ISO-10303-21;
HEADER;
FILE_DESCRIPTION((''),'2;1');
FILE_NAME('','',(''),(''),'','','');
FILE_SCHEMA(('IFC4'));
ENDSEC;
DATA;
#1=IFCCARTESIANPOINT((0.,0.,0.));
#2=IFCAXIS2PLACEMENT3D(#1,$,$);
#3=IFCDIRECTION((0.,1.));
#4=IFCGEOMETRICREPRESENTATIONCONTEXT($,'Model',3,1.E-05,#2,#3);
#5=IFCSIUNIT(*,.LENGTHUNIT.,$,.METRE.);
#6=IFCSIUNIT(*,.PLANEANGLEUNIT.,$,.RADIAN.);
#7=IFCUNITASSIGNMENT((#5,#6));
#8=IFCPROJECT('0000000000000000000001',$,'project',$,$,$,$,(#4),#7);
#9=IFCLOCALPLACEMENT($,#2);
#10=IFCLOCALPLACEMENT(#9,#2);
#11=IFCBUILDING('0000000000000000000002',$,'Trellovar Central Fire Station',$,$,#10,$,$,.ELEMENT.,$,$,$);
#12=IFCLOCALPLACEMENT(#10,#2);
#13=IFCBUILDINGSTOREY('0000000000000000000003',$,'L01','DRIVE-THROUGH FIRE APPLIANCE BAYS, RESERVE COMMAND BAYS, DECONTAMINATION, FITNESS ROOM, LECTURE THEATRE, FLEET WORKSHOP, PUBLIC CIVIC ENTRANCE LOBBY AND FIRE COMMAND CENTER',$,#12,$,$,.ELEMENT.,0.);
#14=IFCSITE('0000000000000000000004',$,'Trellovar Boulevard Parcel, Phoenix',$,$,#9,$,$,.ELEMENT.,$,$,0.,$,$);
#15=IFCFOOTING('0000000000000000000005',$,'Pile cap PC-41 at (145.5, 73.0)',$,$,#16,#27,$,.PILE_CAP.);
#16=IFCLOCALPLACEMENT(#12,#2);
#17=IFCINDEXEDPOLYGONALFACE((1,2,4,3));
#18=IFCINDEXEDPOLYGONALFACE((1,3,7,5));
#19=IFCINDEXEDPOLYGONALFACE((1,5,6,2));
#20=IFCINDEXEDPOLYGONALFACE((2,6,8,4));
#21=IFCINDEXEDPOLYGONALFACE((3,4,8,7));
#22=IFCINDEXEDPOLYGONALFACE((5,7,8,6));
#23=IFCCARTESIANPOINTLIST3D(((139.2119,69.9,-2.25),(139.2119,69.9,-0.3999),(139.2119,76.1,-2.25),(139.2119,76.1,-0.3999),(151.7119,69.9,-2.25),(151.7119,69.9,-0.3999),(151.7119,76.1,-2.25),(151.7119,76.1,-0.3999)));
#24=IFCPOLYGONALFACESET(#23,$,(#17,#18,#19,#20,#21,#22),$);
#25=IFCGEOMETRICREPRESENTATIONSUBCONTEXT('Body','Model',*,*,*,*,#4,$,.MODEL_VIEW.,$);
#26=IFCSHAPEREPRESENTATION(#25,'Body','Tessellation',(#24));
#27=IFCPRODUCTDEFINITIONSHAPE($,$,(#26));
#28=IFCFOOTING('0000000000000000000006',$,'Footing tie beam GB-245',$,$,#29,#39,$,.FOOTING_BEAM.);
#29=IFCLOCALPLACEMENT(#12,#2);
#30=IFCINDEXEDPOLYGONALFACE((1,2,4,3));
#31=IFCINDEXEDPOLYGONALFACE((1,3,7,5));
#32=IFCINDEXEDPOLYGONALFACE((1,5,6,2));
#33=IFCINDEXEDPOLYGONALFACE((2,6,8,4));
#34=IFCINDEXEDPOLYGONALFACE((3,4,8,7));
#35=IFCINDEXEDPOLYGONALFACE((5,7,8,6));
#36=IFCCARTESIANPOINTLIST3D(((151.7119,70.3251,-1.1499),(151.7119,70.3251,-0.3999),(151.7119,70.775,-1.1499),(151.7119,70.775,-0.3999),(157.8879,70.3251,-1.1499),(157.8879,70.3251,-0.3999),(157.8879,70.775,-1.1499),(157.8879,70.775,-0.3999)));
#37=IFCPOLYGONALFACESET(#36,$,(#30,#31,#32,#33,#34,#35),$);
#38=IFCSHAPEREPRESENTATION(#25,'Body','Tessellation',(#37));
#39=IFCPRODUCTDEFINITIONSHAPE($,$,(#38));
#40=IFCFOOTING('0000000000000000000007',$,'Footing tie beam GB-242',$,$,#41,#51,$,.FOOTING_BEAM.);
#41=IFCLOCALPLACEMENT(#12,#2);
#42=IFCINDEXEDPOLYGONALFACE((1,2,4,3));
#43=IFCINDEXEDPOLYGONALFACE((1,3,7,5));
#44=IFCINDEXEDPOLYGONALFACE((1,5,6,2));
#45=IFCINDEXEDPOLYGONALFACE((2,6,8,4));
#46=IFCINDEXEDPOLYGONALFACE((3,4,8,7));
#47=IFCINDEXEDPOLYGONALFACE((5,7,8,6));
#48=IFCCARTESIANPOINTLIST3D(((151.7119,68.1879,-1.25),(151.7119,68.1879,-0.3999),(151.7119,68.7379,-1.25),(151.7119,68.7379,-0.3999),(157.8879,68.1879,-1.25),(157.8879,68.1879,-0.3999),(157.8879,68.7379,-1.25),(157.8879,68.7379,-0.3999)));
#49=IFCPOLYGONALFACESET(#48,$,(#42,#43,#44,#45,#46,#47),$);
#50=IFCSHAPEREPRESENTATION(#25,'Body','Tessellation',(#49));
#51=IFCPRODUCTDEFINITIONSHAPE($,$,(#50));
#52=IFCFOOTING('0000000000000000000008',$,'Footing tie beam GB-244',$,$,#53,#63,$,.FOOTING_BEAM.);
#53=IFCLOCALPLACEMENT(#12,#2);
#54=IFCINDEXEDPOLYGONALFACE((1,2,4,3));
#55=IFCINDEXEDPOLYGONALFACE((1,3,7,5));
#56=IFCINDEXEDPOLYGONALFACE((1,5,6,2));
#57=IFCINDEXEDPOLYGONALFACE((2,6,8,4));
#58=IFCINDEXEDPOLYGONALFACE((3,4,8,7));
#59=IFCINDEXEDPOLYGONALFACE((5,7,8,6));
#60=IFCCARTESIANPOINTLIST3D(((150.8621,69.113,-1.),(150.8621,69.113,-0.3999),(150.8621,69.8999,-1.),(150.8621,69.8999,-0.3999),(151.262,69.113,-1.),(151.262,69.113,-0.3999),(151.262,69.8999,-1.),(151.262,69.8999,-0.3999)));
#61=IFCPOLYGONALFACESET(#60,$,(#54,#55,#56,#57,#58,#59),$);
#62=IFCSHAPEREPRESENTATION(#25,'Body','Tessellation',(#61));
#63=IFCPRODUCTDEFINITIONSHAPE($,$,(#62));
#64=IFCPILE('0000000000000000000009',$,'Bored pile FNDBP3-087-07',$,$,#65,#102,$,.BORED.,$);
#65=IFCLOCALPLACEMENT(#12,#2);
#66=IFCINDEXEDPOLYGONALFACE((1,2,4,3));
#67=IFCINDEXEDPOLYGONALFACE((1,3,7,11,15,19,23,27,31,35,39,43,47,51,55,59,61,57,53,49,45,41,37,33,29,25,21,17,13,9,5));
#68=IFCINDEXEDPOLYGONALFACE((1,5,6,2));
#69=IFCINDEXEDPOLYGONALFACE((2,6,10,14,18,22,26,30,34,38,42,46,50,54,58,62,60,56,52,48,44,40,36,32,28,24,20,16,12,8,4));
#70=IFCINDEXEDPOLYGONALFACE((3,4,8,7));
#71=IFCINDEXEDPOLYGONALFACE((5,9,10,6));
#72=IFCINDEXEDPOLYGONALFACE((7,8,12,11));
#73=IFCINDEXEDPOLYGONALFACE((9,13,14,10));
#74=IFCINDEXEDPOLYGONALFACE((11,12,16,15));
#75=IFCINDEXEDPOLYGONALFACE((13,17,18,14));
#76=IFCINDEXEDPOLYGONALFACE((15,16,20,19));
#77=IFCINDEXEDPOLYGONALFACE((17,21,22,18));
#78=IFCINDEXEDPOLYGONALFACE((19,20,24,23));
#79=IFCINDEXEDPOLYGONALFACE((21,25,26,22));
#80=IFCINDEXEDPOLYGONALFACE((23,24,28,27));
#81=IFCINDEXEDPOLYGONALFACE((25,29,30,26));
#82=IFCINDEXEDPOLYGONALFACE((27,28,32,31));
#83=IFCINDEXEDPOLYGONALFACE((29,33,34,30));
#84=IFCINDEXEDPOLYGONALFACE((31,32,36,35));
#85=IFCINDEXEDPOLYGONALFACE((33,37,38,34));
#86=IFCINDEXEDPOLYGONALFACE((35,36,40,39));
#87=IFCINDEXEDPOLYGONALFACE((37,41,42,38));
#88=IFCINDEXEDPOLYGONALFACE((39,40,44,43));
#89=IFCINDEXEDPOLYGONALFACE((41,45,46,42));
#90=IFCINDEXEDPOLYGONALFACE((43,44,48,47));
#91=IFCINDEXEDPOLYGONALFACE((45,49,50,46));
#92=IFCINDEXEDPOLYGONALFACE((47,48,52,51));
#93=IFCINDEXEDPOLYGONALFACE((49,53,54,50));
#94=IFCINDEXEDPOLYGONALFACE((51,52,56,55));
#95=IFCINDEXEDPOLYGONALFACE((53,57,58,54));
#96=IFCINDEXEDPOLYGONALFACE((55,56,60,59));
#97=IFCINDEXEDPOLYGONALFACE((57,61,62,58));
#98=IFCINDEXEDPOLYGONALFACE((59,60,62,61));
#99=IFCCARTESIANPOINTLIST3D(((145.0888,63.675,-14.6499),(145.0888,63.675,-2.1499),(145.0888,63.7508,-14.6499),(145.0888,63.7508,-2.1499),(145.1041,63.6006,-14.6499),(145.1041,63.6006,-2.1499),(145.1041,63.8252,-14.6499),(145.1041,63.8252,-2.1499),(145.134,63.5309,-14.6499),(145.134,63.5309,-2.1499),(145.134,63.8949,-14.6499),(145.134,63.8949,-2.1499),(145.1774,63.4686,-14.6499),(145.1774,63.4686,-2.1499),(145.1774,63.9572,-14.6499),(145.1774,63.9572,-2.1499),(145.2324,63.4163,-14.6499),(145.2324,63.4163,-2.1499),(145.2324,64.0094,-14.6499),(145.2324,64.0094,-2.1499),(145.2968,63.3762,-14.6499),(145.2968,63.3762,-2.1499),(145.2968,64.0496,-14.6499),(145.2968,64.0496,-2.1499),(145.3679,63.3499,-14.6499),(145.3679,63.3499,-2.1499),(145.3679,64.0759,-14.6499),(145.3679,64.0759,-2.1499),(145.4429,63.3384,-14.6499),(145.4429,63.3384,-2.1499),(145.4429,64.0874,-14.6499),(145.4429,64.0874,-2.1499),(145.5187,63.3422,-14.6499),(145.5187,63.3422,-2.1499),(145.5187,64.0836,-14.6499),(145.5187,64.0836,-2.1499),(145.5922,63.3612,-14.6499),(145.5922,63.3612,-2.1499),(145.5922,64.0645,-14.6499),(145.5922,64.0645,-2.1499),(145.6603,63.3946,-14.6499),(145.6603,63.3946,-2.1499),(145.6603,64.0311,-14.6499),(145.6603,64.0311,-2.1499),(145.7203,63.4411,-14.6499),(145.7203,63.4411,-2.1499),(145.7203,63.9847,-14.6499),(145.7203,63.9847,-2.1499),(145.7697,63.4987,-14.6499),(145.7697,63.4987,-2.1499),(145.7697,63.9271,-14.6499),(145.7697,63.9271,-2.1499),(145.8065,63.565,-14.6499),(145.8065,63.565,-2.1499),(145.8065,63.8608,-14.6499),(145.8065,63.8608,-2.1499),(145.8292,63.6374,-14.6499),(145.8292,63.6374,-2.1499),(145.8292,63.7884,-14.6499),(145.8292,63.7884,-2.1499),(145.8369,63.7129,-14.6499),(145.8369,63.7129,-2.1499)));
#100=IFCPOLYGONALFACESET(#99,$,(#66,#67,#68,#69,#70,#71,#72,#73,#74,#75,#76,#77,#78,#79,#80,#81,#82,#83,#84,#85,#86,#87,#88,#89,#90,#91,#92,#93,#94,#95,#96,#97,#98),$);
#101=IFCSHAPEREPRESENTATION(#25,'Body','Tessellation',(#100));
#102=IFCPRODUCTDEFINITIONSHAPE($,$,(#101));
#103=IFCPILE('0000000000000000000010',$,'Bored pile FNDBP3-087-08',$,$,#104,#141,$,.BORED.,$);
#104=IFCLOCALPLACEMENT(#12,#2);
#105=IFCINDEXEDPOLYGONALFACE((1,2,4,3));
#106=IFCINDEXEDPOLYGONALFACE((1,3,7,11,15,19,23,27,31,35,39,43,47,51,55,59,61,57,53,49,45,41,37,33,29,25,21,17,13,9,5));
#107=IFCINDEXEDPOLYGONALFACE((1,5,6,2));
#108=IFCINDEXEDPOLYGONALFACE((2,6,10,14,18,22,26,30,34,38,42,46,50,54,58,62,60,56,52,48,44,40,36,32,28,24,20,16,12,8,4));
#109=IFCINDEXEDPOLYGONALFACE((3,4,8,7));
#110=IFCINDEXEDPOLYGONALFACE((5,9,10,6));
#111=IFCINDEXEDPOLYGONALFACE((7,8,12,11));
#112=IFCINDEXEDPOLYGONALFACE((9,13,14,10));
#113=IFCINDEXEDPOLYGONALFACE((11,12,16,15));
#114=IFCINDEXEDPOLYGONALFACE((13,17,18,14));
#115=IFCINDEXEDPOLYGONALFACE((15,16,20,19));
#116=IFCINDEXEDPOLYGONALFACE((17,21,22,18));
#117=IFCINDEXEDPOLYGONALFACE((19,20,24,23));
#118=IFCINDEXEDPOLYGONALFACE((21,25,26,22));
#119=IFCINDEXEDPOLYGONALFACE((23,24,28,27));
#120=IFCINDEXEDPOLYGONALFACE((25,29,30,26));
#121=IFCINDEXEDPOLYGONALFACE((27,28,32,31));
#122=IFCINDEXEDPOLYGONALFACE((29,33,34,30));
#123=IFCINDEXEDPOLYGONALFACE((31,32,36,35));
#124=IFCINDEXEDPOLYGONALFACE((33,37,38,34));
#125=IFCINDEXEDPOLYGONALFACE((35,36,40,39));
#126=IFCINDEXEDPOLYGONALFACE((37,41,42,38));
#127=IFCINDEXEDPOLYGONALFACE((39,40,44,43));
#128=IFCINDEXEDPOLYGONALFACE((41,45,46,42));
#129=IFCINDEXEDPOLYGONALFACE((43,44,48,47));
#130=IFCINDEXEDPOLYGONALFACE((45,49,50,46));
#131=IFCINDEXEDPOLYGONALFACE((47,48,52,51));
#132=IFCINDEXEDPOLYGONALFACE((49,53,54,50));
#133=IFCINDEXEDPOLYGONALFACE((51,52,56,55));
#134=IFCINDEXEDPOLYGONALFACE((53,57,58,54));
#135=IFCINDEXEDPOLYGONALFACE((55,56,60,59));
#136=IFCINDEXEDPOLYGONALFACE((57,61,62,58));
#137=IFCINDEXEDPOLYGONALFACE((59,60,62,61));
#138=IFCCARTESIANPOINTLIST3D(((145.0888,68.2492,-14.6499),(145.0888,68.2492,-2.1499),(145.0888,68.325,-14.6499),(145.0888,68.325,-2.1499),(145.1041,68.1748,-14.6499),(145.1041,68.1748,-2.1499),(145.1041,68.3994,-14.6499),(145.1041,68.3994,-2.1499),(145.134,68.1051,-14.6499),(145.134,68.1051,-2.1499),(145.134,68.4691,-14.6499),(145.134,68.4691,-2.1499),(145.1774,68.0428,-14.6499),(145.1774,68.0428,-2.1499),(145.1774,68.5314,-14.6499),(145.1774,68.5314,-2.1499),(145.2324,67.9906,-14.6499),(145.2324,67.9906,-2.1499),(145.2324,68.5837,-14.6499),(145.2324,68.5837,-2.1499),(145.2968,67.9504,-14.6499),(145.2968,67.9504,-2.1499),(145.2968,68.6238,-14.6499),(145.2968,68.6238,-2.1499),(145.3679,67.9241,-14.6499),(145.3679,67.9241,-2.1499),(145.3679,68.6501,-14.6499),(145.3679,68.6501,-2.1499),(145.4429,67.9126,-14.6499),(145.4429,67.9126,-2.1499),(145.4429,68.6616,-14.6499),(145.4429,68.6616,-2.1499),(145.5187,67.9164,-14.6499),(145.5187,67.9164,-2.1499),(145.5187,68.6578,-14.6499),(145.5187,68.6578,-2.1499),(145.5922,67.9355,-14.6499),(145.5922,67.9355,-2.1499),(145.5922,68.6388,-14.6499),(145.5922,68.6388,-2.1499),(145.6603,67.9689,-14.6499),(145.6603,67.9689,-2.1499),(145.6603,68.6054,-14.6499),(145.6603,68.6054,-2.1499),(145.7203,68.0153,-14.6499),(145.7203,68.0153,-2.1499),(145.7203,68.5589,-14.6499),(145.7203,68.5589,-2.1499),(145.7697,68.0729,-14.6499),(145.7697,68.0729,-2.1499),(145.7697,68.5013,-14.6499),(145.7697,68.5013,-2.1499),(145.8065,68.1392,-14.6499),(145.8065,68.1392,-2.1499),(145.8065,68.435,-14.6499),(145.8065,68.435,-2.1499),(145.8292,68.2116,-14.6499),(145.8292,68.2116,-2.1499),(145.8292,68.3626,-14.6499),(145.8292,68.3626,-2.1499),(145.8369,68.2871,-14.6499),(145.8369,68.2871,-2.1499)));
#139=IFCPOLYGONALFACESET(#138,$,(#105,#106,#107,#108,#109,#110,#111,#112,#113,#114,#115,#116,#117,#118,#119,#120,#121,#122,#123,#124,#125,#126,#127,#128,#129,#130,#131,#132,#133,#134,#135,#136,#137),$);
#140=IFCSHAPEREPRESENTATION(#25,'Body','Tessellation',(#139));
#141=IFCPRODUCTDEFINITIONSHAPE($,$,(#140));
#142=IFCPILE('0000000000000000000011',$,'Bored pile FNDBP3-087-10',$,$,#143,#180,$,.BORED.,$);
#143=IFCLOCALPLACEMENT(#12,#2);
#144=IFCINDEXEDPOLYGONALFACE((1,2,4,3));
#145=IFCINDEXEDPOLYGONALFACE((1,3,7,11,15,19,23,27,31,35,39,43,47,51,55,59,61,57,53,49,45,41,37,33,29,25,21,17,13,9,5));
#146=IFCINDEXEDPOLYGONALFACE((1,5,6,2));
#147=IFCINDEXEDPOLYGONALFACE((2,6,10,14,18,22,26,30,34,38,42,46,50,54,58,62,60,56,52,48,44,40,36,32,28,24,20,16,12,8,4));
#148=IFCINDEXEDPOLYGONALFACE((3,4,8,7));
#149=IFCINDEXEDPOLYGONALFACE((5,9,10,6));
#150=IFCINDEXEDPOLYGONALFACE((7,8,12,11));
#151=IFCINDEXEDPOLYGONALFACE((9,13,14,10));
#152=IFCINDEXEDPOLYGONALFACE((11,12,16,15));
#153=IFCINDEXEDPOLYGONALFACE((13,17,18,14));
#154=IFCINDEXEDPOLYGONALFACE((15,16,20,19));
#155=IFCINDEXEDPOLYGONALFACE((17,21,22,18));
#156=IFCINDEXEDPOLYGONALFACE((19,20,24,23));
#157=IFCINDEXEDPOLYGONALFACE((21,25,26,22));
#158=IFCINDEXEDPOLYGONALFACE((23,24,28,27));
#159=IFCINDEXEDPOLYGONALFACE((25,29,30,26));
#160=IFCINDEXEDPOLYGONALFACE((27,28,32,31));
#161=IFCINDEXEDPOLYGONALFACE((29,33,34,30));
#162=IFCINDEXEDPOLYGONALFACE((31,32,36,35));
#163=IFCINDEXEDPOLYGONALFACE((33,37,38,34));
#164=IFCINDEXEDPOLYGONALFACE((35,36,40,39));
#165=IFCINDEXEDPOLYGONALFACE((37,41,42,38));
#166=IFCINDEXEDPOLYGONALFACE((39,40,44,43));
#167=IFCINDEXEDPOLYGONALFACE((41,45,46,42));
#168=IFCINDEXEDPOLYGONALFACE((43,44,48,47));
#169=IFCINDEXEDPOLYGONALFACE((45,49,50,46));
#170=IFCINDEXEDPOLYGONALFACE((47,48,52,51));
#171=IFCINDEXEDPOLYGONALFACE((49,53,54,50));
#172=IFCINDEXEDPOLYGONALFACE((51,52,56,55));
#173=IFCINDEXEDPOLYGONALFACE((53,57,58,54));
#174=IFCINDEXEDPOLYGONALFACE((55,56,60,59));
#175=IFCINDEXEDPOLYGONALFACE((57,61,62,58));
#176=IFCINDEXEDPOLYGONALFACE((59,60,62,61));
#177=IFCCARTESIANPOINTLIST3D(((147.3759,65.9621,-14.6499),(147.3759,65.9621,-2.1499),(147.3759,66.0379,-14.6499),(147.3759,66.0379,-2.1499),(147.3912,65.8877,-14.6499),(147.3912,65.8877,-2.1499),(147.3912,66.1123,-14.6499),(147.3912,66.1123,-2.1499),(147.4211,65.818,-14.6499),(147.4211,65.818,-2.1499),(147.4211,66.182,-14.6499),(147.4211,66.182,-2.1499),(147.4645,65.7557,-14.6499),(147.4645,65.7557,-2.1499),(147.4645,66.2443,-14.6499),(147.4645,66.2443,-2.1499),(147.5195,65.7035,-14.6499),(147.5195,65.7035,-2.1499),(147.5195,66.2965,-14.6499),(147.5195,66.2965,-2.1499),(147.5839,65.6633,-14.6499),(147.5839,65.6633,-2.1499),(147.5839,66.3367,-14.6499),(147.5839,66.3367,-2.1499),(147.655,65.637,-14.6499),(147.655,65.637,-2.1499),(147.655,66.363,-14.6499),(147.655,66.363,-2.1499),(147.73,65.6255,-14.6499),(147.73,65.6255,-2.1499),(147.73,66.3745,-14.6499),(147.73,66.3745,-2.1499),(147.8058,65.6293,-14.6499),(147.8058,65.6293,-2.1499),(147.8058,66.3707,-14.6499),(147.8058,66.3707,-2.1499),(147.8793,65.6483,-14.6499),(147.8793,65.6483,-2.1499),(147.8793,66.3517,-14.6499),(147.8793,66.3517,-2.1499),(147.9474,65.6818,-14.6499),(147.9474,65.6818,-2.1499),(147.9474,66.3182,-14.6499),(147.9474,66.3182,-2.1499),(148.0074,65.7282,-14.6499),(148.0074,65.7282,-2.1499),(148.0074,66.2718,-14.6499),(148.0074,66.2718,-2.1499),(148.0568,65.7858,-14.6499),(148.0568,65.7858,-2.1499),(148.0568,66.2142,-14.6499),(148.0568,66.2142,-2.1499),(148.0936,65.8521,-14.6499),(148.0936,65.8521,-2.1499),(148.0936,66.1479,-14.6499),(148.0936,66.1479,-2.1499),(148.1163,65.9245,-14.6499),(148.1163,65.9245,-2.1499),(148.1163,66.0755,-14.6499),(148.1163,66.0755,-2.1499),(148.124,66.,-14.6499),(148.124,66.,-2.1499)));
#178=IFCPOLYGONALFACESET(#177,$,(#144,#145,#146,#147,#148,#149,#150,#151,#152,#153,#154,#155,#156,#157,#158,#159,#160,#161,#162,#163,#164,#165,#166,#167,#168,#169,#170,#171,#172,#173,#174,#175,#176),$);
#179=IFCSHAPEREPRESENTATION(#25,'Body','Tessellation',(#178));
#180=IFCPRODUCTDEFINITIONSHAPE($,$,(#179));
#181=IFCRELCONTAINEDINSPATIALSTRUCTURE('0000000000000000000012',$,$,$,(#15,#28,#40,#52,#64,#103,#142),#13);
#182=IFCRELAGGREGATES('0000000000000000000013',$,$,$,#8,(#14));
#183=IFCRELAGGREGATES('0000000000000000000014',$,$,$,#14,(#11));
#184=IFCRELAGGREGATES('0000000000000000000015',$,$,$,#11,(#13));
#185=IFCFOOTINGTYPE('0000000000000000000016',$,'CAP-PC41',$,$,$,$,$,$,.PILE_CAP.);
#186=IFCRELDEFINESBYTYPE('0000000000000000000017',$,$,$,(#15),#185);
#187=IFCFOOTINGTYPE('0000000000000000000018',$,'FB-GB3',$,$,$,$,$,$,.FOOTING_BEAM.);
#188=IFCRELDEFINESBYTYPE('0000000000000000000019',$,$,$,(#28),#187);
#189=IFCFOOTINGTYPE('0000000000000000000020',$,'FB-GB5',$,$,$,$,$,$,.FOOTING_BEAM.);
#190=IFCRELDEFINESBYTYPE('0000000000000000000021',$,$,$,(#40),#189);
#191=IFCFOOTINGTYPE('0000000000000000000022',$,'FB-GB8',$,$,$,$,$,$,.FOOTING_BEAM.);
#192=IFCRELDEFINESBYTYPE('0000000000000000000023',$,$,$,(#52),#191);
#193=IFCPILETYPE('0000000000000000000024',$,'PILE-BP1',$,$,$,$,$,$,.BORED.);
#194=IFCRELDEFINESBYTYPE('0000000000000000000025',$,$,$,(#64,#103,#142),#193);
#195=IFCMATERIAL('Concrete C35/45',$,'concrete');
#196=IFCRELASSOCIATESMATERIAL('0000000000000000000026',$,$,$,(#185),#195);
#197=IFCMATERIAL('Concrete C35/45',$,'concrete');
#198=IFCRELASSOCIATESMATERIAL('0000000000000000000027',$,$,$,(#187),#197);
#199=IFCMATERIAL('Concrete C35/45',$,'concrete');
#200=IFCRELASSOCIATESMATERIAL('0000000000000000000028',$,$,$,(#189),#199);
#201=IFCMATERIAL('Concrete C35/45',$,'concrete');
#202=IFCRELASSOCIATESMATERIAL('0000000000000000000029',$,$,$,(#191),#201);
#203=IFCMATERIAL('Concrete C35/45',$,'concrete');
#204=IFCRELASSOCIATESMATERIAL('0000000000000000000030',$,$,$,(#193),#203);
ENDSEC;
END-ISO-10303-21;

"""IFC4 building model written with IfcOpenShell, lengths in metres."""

from ifc_helpers import new_model, si_unit, direction, frame, origin, origin_2d, place, context, subcontext, project, spatial, rectangle, circle, extrude, material, material_profile, profile_set, type_object, element, save


model = new_model("IFC4")

# Units and contexts
model_context = context("Model", 3, precision=1e-05, world=origin(), true_north=direction((0.0, 1.0)))
body_context = subcontext(model_context, "Body", "Model", "MODEL_VIEW")
ifc_project = project(units=[si_unit("LENGTHUNIT", "METRE"), si_unit("PLANEANGLEUNIT", "RADIAN")], contexts=[model_context])

# Site, building, storey
site_placement = place(None, origin())
site = spatial("IfcSite", under=ifc_project, at=site_placement, Name="Trellovar Boulevard Parcel, Phoenix", CompositionType="ELEMENT", RefElevation=0.0)
building_placement = place(site_placement, origin())
building = spatial("IfcBuilding", under=site, at=building_placement, Name="Trellovar Central Fire Station", CompositionType="ELEMENT")
storey_placement = place(building_placement, origin())
storey = spatial("IfcBuildingStorey", under=building, at=storey_placement, Name="L01", Description="DRIVE-THROUGH FIRE APPLIANCE BAYS, RESERVE COMMAND BAYS, DECONTAMINATION, FITNESS ROOM, LECTURE THEATRE, FLEET WORKSHOP, PUBLIC CIVIC ENTRANCE LOBBY AND FIRE COMMAND CENTER", CompositionType="ELEMENT", Elevation=0.0)

# Footings
ifc_material_1 = material(Name="Concrete C35/45", Category="concrete")
footing_type_1 = type_object("IfcFootingType", Name="CAP-PC41", PredefinedType="PILE_CAP", material=ifc_material_1)
footing_1_placement = place(storey_placement, frame((145.4619, 73.0, -2.25), z_axis=(0.0, 0.0, 1.0), x_axis=(1.0, 0.0, 0.0)))
element("IfcFooting", 1, at=footing_1_placement, inside=storey, type_object=footing_type_1, Name="Pile cap PC-41 at (145.5, 73.0)", PredefinedType="PILE_CAP", context=body_context, shape_type="SweptSolid", body=[
    extrude(rectangle(XDim=12.5, YDim=6.2, at=origin_2d()), origin(), (0.0, 0.0, 1.0), 1.8501),
])
ifc_material_2 = material(Name="Concrete C35/45", Category="concrete")
ifc_material_profile_1 = material_profile(ifc_material_2, rectangle(XDim=0.45, YDim=0.75, at=origin_2d()), Name="RC450X750")
ifc_profile_set_1 = profile_set([ifc_material_profile_1], Name="Concrete C35/45")
footing_type_2 = type_object("IfcFootingType", Name="FB-GB3", PredefinedType="FOOTING_BEAM", material=ifc_profile_set_1)
footing_2_placement = place(storey_placement, frame((151.7119, 70.55, -0.7749), z_axis=(1.0, 0.0, 0.0), x_axis=(0.0, 1.0, 0.0)))
element("IfcFooting", 2, at=footing_2_placement, inside=storey, type_object=footing_type_2, Name="Footing tie beam GB-245", PredefinedType="FOOTING_BEAM", context=body_context, shape_type="SweptSolid", body=[
    extrude(rectangle(XDim=0.45, YDim=0.75, at=origin_2d()), origin(), (0.0, 0.0, 1.0), 6.176),
])
ifc_material_3 = material(Name="Concrete C35/45", Category="concrete")
ifc_material_profile_2 = material_profile(ifc_material_3, rectangle(XDim=0.55, YDim=0.8501, at=origin_2d()), Name="RC550X850")
ifc_profile_set_2 = profile_set([ifc_material_profile_2], Name="Concrete C35/45")
footing_type_3 = type_object("IfcFootingType", Name="FB-GB5", PredefinedType="FOOTING_BEAM", material=ifc_profile_set_2)
footing_3_placement = place(storey_placement, frame((151.7119, 68.4629, -0.825), z_axis=(1.0, 0.0, 0.0), x_axis=(0.0, 1.0, 0.0)))
element("IfcFooting", 3, at=footing_3_placement, inside=storey, type_object=footing_type_3, Name="Footing tie beam GB-242", PredefinedType="FOOTING_BEAM", context=body_context, shape_type="SweptSolid", body=[
    extrude(rectangle(XDim=0.55, YDim=0.8501, at=origin_2d()), origin(), (0.0, 0.0, 1.0), 6.176),
])
ifc_material_4 = material(Name="Concrete C35/45", Category="concrete")
ifc_material_profile_3 = material_profile(ifc_material_4, rectangle(XDim=0.3999, YDim=0.6001, at=origin_2d()), Name="RC400X600")
ifc_profile_set_3 = profile_set([ifc_material_profile_3], Name="Concrete C35/45")
footing_type_4 = type_object("IfcFootingType", Name="FB-GB8", PredefinedType="FOOTING_BEAM", material=ifc_profile_set_3)
footing_4_placement = place(storey_placement, frame((151.062, 69.113, -0.7), z_axis=(0.0, 1.0, 0.0), x_axis=(-1.0, 0.0, 0.0)))
element("IfcFooting", 4, at=footing_4_placement, inside=storey, type_object=footing_type_4, Name="Footing tie beam GB-244", PredefinedType="FOOTING_BEAM", context=body_context, shape_type="SweptSolid", body=[
    extrude(rectangle(XDim=0.3999, YDim=0.6001, at=origin_2d()), origin(), (0.0, 0.0, 1.0), 0.7869),
])

# Piles
ifc_material_5 = material(Name="Concrete C35/45", Category="concrete")
ifc_material_profile_4 = material_profile(ifc_material_5, circle(Radius=0.375, at=origin_2d()), Name="PILE750")
ifc_profile_set_4 = profile_set([ifc_material_profile_4], Name="Concrete C35/45")
pile_type = type_object("IfcPileType", Name="PILE-BP1", PredefinedType="BORED", material=ifc_profile_set_4)
for number, where, z_axis, x_axis, name in (
    (5, (145.4619, 63.7129, -2.1499), (0.0, 0.0, -1.0), (1.0, 0.0, 0.0), "Bored pile FNDBP3-087-07"),
    (6, (145.4619, 68.2871, -2.1499), (0.0, 0.0, -1.0), (1.0, 0.0, 0.0), "Bored pile FNDBP3-087-08"),
    (7, (147.749, 66.0, -2.1499), (0.0, 0.0, -1.0), (1.0, 0.0, 0.0), "Bored pile FNDBP3-087-10"),
):
    element("IfcPile", number, at=place(storey_placement, frame(where, z_axis=z_axis, x_axis=x_axis)), inside=storey, type_object=pile_type, Name=name, PredefinedType="BORED", context=body_context, shape_type="SweptSolid", body=[
        extrude(circle(Radius=0.375, at=origin_2d()), origin(), (0.0, 0.0, 1.0), 12.5),
    ])

save(model, "model.ifc")
